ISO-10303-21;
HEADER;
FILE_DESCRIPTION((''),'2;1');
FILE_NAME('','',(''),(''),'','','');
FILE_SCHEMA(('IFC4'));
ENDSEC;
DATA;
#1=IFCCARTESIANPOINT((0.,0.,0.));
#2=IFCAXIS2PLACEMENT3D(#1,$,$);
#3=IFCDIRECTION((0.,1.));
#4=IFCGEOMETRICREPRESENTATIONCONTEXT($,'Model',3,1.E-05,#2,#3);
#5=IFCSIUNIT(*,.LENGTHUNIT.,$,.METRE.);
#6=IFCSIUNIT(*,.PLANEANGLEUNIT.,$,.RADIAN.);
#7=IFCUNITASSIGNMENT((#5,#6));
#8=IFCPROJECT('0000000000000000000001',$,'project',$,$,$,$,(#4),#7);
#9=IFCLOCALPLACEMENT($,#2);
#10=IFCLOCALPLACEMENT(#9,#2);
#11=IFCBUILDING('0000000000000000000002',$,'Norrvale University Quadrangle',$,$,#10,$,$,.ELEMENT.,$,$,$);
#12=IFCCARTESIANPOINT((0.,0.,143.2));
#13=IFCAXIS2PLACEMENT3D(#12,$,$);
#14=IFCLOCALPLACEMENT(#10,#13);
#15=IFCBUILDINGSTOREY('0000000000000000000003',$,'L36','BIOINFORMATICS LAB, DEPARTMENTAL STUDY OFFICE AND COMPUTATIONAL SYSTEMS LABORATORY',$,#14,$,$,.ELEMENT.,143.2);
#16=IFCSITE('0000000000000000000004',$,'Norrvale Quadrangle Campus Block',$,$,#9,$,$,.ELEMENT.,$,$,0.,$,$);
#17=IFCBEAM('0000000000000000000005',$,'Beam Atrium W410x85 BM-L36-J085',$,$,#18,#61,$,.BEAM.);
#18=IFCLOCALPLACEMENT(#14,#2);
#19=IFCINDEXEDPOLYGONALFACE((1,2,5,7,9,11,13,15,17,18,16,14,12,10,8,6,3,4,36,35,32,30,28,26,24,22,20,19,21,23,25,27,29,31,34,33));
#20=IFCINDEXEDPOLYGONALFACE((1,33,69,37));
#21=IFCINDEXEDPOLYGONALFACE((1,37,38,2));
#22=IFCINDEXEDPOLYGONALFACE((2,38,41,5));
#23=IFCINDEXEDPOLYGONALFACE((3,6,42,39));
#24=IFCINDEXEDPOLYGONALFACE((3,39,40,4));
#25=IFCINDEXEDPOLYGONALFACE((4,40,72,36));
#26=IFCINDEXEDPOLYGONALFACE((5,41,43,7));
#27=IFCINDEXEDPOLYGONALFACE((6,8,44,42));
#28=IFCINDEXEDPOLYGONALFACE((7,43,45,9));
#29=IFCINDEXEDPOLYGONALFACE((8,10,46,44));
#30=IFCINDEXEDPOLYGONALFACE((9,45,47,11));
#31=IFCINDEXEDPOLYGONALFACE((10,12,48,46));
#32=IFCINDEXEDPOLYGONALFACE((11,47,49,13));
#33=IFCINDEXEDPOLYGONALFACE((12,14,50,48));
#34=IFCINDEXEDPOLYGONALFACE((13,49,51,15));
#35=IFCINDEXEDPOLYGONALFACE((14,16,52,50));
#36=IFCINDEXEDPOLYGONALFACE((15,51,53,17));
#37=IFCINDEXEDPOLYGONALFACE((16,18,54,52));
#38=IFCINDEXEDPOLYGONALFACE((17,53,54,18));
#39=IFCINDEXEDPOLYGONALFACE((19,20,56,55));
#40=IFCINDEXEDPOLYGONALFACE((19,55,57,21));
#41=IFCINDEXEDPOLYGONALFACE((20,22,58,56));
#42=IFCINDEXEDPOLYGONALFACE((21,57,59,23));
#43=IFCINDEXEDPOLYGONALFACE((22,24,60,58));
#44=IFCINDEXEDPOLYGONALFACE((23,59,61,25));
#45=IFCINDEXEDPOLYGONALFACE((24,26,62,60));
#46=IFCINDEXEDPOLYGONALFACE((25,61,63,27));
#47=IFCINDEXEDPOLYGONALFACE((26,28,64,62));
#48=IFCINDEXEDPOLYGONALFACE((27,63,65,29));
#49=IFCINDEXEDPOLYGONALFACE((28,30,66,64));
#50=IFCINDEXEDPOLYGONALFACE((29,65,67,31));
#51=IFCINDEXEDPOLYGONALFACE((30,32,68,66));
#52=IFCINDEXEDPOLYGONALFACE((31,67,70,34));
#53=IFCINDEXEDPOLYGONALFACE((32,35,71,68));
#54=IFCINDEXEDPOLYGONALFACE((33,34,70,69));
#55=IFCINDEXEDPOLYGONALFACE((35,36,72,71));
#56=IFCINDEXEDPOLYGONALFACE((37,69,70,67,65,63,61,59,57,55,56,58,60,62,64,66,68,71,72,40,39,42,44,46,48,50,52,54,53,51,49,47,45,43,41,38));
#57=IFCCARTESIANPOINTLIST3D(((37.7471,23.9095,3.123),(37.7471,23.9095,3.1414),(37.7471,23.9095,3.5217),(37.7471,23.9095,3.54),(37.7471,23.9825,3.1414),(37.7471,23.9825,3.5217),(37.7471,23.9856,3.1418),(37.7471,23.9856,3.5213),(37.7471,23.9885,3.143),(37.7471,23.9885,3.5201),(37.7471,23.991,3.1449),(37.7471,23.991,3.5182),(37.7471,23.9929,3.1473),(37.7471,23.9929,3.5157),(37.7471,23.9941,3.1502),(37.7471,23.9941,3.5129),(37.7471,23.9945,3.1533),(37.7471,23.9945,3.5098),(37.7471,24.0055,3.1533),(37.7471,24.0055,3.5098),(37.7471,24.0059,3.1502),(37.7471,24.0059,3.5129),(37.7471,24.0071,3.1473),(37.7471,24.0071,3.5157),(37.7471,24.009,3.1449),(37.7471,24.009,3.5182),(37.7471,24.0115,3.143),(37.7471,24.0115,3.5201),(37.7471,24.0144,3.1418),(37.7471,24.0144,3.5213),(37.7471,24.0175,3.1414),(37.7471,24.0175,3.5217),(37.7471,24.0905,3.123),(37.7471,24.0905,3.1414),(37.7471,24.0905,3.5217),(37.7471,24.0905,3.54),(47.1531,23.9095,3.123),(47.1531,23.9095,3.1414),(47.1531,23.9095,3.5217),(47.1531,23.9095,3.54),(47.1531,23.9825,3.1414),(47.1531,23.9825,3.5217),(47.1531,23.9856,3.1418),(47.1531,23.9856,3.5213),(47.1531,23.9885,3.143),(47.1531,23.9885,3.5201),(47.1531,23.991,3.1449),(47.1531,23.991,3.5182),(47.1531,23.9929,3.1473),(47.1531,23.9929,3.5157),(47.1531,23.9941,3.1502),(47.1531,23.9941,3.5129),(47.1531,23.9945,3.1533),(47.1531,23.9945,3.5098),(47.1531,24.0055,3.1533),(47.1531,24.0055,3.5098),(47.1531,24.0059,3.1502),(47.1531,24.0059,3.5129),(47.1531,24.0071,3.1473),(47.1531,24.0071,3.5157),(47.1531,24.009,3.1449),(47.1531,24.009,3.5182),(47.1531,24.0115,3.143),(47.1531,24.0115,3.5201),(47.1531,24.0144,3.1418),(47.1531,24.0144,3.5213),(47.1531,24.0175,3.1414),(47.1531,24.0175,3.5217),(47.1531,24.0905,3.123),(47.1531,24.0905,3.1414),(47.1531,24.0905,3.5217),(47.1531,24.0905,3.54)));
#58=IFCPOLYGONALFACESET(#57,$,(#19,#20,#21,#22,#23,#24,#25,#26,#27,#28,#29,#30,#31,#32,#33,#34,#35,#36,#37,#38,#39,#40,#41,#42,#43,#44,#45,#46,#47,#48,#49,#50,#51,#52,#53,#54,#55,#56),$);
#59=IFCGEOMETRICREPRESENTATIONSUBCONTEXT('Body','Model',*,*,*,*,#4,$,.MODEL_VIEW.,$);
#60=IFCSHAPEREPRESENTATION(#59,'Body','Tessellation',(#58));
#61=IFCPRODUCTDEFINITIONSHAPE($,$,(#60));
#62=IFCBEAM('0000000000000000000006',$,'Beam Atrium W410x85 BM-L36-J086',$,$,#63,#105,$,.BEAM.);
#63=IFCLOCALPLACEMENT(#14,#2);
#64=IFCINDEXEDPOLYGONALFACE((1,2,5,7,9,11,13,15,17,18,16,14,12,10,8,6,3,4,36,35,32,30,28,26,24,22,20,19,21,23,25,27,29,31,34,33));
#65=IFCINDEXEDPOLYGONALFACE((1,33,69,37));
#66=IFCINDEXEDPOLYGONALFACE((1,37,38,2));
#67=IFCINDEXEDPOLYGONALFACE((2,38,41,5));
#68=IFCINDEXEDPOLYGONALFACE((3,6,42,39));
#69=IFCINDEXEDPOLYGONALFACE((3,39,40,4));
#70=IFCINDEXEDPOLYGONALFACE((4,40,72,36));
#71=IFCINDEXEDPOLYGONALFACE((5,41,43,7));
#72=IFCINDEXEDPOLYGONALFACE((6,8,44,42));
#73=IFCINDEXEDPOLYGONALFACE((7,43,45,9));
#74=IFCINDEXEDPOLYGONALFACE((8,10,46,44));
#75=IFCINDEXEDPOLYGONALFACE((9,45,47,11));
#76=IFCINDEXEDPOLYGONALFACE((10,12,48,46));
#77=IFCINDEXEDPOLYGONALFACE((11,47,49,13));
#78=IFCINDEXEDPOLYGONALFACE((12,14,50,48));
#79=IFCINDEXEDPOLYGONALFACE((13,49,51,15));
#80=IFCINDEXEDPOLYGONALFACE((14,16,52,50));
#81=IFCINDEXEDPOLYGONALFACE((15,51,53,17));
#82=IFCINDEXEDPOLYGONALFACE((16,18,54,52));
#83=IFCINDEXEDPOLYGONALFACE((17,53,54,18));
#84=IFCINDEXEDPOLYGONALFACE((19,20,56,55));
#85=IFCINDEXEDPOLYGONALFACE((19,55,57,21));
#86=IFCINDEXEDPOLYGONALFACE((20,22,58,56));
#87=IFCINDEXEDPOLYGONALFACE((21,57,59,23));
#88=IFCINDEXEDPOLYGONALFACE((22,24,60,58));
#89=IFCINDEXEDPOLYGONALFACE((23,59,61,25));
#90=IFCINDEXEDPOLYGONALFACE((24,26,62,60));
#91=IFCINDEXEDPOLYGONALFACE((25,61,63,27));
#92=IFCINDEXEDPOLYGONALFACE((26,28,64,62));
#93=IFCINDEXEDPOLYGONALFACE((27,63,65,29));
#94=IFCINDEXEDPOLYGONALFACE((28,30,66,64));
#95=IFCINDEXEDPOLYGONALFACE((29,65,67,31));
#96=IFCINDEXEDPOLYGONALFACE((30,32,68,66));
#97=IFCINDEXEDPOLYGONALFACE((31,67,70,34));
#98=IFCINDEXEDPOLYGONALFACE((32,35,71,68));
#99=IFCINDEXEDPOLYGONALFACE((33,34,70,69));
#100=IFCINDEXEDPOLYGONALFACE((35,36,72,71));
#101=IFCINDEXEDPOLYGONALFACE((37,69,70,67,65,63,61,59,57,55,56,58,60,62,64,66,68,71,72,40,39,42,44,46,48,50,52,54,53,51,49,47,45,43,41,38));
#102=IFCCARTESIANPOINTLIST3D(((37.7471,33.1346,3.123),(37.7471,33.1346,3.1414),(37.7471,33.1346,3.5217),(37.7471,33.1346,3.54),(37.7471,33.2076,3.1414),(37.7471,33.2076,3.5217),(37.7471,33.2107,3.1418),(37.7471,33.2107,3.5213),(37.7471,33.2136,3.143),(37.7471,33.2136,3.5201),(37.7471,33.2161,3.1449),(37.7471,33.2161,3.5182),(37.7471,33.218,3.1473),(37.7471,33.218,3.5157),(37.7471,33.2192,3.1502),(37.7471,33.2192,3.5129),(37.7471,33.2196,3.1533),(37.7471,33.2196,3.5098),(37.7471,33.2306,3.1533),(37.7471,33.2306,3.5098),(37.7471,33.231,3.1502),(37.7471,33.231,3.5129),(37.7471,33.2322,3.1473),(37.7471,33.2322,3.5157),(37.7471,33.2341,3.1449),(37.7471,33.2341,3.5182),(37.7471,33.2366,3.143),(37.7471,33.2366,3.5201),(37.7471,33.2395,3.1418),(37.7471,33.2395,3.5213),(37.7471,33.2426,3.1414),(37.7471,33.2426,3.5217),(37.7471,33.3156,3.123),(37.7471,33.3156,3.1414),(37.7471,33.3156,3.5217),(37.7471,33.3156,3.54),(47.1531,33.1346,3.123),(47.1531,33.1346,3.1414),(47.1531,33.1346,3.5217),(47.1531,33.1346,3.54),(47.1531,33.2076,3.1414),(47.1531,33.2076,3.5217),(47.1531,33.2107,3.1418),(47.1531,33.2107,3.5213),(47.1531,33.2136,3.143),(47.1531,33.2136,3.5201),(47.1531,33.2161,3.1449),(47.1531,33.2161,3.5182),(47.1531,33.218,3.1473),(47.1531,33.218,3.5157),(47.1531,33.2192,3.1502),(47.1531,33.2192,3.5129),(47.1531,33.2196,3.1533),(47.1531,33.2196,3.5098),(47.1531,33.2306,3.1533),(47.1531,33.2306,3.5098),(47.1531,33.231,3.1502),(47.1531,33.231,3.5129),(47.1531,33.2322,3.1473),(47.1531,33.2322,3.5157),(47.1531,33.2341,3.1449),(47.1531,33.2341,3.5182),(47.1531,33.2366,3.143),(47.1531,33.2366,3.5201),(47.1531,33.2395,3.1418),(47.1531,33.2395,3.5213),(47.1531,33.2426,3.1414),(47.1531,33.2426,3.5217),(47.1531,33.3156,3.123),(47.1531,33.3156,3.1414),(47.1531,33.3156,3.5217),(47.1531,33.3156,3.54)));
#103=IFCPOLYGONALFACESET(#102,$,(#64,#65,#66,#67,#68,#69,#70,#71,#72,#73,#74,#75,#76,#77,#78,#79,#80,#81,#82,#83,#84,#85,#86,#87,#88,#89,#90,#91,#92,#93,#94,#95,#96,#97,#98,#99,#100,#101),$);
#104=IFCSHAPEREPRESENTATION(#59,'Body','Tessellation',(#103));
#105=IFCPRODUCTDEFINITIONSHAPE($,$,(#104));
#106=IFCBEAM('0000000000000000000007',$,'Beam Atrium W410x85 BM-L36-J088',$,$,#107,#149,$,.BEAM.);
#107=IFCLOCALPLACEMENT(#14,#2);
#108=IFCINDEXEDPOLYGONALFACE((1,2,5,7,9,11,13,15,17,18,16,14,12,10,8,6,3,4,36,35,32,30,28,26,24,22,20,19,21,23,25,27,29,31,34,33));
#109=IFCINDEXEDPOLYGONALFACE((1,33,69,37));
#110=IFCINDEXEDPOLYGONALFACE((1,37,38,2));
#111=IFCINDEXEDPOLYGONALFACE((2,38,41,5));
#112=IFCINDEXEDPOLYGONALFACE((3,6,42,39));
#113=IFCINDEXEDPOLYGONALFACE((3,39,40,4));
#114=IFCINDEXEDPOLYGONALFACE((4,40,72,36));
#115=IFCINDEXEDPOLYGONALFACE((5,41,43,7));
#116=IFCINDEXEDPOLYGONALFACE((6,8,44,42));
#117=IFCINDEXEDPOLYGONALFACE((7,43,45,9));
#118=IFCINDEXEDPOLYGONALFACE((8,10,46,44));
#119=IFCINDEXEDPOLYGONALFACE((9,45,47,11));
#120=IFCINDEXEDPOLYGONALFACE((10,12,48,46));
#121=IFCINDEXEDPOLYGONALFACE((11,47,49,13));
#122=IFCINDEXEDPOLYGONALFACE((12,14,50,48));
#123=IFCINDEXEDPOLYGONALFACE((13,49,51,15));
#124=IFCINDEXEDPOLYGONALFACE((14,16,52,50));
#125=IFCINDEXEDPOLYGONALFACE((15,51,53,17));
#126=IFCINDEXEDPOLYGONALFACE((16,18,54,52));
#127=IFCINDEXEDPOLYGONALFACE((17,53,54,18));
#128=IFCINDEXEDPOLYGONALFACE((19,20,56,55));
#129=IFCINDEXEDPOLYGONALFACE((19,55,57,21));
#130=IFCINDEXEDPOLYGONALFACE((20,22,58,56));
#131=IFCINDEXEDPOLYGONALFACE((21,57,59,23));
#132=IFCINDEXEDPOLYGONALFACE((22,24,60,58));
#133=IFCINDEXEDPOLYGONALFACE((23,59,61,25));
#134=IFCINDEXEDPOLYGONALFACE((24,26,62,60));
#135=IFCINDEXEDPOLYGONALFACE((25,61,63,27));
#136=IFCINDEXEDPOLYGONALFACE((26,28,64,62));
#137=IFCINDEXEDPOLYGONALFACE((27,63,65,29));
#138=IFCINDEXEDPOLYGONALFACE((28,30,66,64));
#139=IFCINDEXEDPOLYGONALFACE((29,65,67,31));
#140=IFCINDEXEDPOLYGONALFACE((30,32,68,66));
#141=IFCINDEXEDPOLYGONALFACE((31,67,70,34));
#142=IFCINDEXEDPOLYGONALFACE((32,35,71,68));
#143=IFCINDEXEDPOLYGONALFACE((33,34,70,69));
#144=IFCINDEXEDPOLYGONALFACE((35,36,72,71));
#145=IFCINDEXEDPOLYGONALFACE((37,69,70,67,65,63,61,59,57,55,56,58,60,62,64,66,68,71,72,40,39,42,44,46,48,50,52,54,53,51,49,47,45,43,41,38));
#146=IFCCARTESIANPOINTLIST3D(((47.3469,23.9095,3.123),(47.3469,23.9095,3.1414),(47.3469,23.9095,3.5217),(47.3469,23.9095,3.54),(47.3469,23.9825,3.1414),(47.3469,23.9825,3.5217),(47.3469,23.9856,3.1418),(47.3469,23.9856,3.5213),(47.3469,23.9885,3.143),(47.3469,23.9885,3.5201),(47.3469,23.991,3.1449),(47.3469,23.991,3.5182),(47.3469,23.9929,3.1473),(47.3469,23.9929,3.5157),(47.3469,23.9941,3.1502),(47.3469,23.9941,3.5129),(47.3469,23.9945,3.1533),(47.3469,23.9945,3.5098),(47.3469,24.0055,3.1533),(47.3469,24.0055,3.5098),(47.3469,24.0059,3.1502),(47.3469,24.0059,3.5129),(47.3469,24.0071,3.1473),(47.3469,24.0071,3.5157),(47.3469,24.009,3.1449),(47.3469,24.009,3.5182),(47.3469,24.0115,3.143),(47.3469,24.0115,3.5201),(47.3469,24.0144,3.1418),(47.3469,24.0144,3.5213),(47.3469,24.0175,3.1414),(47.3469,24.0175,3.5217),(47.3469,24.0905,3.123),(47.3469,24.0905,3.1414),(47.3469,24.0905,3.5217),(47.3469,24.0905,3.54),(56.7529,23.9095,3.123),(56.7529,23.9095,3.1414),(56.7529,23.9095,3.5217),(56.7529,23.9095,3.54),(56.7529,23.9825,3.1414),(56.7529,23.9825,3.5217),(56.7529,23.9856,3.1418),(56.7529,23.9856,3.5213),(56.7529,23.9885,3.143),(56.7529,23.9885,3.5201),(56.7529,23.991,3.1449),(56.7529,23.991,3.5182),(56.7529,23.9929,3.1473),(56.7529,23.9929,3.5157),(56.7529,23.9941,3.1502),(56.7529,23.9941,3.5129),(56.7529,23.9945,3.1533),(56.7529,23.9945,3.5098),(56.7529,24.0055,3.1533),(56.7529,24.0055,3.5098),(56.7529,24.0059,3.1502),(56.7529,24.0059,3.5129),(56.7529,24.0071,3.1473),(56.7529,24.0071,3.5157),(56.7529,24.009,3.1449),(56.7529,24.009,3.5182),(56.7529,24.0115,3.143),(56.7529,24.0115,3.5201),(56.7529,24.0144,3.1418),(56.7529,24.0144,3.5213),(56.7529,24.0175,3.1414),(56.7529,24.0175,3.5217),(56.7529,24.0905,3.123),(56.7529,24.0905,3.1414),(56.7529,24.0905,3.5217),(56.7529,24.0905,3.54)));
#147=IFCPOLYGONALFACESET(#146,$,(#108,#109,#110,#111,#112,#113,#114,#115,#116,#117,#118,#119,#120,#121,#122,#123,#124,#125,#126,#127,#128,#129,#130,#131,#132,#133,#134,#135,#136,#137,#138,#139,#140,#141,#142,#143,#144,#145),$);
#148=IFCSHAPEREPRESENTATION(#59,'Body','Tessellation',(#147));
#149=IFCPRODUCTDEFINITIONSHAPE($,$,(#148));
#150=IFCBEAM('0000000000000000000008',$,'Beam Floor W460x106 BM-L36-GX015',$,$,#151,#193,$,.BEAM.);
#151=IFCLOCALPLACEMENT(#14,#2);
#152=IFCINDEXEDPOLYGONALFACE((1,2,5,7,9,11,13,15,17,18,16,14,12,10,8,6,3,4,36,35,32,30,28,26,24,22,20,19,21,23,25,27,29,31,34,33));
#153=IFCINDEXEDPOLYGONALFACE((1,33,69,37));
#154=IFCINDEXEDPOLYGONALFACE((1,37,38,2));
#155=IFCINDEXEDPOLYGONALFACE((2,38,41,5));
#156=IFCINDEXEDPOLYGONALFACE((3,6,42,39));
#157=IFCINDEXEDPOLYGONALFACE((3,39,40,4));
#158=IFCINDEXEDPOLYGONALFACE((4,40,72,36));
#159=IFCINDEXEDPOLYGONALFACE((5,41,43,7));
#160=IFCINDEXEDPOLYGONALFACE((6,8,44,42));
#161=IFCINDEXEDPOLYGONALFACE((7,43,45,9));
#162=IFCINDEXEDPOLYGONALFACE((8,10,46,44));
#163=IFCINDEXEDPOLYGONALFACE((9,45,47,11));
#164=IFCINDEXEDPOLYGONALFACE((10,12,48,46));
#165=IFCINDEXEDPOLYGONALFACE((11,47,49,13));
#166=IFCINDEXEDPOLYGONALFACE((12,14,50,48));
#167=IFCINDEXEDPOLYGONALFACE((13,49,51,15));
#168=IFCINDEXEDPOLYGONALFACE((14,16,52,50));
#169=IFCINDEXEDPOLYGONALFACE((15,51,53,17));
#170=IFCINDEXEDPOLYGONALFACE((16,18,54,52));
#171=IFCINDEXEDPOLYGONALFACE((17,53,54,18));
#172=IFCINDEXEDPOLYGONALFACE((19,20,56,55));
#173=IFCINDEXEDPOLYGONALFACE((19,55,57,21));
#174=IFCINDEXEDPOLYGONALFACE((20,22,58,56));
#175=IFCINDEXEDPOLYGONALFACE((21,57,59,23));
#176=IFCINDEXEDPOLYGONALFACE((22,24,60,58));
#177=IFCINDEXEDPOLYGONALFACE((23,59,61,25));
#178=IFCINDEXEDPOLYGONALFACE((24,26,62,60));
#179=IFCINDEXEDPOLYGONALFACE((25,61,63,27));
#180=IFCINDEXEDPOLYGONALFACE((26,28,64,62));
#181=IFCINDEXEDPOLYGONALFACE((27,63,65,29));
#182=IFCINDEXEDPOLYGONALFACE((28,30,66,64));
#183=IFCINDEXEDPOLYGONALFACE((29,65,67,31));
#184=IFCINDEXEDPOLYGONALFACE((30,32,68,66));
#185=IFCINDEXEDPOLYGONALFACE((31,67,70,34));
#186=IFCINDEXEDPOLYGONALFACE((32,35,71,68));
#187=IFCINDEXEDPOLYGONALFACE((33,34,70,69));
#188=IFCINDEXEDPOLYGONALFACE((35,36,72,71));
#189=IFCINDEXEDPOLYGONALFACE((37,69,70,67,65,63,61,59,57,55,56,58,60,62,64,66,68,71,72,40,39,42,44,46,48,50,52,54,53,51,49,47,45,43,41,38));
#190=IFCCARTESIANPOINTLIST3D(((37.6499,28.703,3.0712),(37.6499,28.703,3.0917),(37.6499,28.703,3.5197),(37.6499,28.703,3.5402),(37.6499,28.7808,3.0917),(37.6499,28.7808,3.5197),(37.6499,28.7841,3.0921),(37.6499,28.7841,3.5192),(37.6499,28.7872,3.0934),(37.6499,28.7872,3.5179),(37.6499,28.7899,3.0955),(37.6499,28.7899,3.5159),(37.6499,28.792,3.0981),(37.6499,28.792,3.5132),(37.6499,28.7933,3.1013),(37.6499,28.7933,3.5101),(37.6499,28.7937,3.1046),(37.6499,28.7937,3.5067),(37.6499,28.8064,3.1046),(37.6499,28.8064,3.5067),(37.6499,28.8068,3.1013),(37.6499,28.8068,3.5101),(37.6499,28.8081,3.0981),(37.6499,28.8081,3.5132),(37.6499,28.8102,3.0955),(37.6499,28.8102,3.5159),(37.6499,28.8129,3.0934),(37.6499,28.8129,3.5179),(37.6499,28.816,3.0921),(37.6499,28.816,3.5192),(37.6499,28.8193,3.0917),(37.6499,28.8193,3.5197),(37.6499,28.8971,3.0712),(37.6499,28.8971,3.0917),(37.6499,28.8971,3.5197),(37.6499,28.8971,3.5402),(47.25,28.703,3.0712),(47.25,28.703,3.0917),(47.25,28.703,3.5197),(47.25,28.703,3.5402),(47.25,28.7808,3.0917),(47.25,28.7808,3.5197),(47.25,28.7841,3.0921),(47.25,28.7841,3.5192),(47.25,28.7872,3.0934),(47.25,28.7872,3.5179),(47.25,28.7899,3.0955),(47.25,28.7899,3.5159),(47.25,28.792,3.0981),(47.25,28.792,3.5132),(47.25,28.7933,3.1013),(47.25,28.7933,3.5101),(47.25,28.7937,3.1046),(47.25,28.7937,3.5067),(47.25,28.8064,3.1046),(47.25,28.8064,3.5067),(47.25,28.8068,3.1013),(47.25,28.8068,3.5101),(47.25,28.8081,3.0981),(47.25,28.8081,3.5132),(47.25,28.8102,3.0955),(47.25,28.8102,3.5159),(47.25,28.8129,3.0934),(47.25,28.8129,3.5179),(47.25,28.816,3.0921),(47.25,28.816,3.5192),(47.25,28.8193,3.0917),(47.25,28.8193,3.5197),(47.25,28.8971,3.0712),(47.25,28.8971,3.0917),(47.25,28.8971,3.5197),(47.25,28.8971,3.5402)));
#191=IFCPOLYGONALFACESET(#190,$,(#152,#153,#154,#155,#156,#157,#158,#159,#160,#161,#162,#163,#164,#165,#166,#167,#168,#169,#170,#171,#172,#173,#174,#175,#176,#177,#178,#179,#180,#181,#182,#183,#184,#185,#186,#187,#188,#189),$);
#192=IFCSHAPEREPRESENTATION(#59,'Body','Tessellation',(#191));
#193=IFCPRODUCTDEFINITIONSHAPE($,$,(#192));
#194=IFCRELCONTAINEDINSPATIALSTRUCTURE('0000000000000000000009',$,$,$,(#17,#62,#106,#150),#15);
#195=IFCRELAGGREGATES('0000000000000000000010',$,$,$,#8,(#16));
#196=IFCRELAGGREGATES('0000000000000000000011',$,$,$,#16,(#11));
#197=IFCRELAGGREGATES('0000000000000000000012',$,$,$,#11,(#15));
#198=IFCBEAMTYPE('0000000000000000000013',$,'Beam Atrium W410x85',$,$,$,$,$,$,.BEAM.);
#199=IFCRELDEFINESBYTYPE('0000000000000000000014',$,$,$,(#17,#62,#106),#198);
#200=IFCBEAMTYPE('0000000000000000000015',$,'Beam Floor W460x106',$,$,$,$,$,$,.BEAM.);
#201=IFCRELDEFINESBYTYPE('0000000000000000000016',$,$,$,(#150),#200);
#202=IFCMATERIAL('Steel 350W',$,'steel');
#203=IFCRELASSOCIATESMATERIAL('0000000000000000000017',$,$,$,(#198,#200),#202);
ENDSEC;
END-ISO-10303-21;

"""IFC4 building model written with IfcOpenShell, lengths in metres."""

from ifc_helpers import new_model, si_unit, direction, frame, origin, origin_2d, place, context, subcontext, project, spatial, i_section, extrude, material, material_profile, profile_set, type_object, element, save


model = new_model("IFC4")

# Units and contexts
model_context = context("Model", 3, precision=1e-05, world=origin(), true_north=direction((0.0, 1.0)))
body_context = subcontext(model_context, "Body", "Model", "MODEL_VIEW")
ifc_project = project(units=[si_unit("LENGTHUNIT", "METRE"), si_unit("PLANEANGLEUNIT", "RADIAN")], contexts=[model_context])

# Site, building, storey
site_placement = place(None, origin())
site = spatial("IfcSite", under=ifc_project, at=site_placement, Name="Norrvale Quadrangle Campus Block", CompositionType="ELEMENT", RefElevation=0.0)
building_placement = place(site_placement, origin())
building = spatial("IfcBuilding", under=site, at=building_placement, Name="Norrvale University Quadrangle", CompositionType="ELEMENT")
storey_placement = place(building_placement, frame((0.0, 0.0, 143.2)))
storey = spatial("IfcBuildingStorey", under=building, at=storey_placement, Name="L36", Description="BIOINFORMATICS LAB, DEPARTMENTAL STUDY OFFICE AND COMPUTATIONAL SYSTEMS LABORATORY", CompositionType="ELEMENT", Elevation=143.2)

# Beams
ifc_material_1 = material(Name="Steel 350W", Category="steel")
ifc_material_profile_1 = material_profile(ifc_material_1, i_section(OverallWidth=0.1809, OverallDepth=0.417, WebThickness=0.011, FlangeThickness=0.0183, FilletRadius=0.012, at=origin_2d()), Name="Steel 350W")
ifc_profile_set_1 = profile_set([ifc_material_profile_1], Name="Steel 350W")
beam_type_1 = type_object("IfcBeamType", Name="Beam Atrium W410x85", PredefinedType="BEAM", material=ifc_profile_set_1)
for number, where, z_axis, x_axis, name in (
    (1, (37.7471, 24.0, 3.3315), (1.0, 0.0, 0.0), (0.0, 1.0, 0.0), "Beam Atrium W410x85 BM-L36-J085"),
    (2, (37.7471, 33.2251, 3.3315), (1.0, 0.0, 0.0), (0.0, 1.0, 0.0), "Beam Atrium W410x85 BM-L36-J086"),
    (3, (47.3469, 24.0, 3.3315), (1.0, 0.0, 0.0), (0.0, 1.0, 0.0), "Beam Atrium W410x85 BM-L36-J088"),
):
    element("IfcBeam", number, at=place(storey_placement, frame(where, z_axis=z_axis, x_axis=x_axis)), inside=storey, type_object=beam_type_1, Name=name, PredefinedType="BEAM", context=body_context, shape_type="SweptSolid", body=[
        extrude(i_section(OverallWidth=0.1809, OverallDepth=0.417, WebThickness=0.011, FlangeThickness=0.0183, FilletRadius=0.012, at=origin_2d()), origin(), (0.0, 0.0, 1.0), 9.406),
    ])
ifc_material_profile_2 = material_profile(ifc_material_1, i_section(OverallWidth=0.1941, OverallDepth=0.469, WebThickness=0.0127, FlangeThickness=0.0205, FilletRadius=0.0129, at=origin_2d()), Name="Steel 350W")
ifc_profile_set_2 = profile_set([ifc_material_profile_2], Name="Steel 350W")
beam_type_2 = type_object("IfcBeamType", Name="Beam Floor W460x106", PredefinedType="BEAM", material=ifc_profile_set_2)
for number, where, z_axis, x_axis, name in (
    (4, (37.6499, 28.8, 3.3057), (1.0, 0.0, 0.0), (0.0, 1.0, 0.0), "Beam Floor W460x106 BM-L36-GX015"),
):
    element("IfcBeam", number, at=place(storey_placement, frame(where, z_axis=z_axis, x_axis=x_axis)), inside=storey, type_object=beam_type_2, Name=name, PredefinedType="BEAM", context=body_context, shape_type="SweptSolid", body=[
        extrude(i_section(OverallWidth=0.1941, OverallDepth=0.469, WebThickness=0.0127, FlangeThickness=0.0205, FilletRadius=0.0129, at=origin_2d()), origin(), (0.0, 0.0, 1.0), 9.6001),
    ])

save(model, "model.ifc")
